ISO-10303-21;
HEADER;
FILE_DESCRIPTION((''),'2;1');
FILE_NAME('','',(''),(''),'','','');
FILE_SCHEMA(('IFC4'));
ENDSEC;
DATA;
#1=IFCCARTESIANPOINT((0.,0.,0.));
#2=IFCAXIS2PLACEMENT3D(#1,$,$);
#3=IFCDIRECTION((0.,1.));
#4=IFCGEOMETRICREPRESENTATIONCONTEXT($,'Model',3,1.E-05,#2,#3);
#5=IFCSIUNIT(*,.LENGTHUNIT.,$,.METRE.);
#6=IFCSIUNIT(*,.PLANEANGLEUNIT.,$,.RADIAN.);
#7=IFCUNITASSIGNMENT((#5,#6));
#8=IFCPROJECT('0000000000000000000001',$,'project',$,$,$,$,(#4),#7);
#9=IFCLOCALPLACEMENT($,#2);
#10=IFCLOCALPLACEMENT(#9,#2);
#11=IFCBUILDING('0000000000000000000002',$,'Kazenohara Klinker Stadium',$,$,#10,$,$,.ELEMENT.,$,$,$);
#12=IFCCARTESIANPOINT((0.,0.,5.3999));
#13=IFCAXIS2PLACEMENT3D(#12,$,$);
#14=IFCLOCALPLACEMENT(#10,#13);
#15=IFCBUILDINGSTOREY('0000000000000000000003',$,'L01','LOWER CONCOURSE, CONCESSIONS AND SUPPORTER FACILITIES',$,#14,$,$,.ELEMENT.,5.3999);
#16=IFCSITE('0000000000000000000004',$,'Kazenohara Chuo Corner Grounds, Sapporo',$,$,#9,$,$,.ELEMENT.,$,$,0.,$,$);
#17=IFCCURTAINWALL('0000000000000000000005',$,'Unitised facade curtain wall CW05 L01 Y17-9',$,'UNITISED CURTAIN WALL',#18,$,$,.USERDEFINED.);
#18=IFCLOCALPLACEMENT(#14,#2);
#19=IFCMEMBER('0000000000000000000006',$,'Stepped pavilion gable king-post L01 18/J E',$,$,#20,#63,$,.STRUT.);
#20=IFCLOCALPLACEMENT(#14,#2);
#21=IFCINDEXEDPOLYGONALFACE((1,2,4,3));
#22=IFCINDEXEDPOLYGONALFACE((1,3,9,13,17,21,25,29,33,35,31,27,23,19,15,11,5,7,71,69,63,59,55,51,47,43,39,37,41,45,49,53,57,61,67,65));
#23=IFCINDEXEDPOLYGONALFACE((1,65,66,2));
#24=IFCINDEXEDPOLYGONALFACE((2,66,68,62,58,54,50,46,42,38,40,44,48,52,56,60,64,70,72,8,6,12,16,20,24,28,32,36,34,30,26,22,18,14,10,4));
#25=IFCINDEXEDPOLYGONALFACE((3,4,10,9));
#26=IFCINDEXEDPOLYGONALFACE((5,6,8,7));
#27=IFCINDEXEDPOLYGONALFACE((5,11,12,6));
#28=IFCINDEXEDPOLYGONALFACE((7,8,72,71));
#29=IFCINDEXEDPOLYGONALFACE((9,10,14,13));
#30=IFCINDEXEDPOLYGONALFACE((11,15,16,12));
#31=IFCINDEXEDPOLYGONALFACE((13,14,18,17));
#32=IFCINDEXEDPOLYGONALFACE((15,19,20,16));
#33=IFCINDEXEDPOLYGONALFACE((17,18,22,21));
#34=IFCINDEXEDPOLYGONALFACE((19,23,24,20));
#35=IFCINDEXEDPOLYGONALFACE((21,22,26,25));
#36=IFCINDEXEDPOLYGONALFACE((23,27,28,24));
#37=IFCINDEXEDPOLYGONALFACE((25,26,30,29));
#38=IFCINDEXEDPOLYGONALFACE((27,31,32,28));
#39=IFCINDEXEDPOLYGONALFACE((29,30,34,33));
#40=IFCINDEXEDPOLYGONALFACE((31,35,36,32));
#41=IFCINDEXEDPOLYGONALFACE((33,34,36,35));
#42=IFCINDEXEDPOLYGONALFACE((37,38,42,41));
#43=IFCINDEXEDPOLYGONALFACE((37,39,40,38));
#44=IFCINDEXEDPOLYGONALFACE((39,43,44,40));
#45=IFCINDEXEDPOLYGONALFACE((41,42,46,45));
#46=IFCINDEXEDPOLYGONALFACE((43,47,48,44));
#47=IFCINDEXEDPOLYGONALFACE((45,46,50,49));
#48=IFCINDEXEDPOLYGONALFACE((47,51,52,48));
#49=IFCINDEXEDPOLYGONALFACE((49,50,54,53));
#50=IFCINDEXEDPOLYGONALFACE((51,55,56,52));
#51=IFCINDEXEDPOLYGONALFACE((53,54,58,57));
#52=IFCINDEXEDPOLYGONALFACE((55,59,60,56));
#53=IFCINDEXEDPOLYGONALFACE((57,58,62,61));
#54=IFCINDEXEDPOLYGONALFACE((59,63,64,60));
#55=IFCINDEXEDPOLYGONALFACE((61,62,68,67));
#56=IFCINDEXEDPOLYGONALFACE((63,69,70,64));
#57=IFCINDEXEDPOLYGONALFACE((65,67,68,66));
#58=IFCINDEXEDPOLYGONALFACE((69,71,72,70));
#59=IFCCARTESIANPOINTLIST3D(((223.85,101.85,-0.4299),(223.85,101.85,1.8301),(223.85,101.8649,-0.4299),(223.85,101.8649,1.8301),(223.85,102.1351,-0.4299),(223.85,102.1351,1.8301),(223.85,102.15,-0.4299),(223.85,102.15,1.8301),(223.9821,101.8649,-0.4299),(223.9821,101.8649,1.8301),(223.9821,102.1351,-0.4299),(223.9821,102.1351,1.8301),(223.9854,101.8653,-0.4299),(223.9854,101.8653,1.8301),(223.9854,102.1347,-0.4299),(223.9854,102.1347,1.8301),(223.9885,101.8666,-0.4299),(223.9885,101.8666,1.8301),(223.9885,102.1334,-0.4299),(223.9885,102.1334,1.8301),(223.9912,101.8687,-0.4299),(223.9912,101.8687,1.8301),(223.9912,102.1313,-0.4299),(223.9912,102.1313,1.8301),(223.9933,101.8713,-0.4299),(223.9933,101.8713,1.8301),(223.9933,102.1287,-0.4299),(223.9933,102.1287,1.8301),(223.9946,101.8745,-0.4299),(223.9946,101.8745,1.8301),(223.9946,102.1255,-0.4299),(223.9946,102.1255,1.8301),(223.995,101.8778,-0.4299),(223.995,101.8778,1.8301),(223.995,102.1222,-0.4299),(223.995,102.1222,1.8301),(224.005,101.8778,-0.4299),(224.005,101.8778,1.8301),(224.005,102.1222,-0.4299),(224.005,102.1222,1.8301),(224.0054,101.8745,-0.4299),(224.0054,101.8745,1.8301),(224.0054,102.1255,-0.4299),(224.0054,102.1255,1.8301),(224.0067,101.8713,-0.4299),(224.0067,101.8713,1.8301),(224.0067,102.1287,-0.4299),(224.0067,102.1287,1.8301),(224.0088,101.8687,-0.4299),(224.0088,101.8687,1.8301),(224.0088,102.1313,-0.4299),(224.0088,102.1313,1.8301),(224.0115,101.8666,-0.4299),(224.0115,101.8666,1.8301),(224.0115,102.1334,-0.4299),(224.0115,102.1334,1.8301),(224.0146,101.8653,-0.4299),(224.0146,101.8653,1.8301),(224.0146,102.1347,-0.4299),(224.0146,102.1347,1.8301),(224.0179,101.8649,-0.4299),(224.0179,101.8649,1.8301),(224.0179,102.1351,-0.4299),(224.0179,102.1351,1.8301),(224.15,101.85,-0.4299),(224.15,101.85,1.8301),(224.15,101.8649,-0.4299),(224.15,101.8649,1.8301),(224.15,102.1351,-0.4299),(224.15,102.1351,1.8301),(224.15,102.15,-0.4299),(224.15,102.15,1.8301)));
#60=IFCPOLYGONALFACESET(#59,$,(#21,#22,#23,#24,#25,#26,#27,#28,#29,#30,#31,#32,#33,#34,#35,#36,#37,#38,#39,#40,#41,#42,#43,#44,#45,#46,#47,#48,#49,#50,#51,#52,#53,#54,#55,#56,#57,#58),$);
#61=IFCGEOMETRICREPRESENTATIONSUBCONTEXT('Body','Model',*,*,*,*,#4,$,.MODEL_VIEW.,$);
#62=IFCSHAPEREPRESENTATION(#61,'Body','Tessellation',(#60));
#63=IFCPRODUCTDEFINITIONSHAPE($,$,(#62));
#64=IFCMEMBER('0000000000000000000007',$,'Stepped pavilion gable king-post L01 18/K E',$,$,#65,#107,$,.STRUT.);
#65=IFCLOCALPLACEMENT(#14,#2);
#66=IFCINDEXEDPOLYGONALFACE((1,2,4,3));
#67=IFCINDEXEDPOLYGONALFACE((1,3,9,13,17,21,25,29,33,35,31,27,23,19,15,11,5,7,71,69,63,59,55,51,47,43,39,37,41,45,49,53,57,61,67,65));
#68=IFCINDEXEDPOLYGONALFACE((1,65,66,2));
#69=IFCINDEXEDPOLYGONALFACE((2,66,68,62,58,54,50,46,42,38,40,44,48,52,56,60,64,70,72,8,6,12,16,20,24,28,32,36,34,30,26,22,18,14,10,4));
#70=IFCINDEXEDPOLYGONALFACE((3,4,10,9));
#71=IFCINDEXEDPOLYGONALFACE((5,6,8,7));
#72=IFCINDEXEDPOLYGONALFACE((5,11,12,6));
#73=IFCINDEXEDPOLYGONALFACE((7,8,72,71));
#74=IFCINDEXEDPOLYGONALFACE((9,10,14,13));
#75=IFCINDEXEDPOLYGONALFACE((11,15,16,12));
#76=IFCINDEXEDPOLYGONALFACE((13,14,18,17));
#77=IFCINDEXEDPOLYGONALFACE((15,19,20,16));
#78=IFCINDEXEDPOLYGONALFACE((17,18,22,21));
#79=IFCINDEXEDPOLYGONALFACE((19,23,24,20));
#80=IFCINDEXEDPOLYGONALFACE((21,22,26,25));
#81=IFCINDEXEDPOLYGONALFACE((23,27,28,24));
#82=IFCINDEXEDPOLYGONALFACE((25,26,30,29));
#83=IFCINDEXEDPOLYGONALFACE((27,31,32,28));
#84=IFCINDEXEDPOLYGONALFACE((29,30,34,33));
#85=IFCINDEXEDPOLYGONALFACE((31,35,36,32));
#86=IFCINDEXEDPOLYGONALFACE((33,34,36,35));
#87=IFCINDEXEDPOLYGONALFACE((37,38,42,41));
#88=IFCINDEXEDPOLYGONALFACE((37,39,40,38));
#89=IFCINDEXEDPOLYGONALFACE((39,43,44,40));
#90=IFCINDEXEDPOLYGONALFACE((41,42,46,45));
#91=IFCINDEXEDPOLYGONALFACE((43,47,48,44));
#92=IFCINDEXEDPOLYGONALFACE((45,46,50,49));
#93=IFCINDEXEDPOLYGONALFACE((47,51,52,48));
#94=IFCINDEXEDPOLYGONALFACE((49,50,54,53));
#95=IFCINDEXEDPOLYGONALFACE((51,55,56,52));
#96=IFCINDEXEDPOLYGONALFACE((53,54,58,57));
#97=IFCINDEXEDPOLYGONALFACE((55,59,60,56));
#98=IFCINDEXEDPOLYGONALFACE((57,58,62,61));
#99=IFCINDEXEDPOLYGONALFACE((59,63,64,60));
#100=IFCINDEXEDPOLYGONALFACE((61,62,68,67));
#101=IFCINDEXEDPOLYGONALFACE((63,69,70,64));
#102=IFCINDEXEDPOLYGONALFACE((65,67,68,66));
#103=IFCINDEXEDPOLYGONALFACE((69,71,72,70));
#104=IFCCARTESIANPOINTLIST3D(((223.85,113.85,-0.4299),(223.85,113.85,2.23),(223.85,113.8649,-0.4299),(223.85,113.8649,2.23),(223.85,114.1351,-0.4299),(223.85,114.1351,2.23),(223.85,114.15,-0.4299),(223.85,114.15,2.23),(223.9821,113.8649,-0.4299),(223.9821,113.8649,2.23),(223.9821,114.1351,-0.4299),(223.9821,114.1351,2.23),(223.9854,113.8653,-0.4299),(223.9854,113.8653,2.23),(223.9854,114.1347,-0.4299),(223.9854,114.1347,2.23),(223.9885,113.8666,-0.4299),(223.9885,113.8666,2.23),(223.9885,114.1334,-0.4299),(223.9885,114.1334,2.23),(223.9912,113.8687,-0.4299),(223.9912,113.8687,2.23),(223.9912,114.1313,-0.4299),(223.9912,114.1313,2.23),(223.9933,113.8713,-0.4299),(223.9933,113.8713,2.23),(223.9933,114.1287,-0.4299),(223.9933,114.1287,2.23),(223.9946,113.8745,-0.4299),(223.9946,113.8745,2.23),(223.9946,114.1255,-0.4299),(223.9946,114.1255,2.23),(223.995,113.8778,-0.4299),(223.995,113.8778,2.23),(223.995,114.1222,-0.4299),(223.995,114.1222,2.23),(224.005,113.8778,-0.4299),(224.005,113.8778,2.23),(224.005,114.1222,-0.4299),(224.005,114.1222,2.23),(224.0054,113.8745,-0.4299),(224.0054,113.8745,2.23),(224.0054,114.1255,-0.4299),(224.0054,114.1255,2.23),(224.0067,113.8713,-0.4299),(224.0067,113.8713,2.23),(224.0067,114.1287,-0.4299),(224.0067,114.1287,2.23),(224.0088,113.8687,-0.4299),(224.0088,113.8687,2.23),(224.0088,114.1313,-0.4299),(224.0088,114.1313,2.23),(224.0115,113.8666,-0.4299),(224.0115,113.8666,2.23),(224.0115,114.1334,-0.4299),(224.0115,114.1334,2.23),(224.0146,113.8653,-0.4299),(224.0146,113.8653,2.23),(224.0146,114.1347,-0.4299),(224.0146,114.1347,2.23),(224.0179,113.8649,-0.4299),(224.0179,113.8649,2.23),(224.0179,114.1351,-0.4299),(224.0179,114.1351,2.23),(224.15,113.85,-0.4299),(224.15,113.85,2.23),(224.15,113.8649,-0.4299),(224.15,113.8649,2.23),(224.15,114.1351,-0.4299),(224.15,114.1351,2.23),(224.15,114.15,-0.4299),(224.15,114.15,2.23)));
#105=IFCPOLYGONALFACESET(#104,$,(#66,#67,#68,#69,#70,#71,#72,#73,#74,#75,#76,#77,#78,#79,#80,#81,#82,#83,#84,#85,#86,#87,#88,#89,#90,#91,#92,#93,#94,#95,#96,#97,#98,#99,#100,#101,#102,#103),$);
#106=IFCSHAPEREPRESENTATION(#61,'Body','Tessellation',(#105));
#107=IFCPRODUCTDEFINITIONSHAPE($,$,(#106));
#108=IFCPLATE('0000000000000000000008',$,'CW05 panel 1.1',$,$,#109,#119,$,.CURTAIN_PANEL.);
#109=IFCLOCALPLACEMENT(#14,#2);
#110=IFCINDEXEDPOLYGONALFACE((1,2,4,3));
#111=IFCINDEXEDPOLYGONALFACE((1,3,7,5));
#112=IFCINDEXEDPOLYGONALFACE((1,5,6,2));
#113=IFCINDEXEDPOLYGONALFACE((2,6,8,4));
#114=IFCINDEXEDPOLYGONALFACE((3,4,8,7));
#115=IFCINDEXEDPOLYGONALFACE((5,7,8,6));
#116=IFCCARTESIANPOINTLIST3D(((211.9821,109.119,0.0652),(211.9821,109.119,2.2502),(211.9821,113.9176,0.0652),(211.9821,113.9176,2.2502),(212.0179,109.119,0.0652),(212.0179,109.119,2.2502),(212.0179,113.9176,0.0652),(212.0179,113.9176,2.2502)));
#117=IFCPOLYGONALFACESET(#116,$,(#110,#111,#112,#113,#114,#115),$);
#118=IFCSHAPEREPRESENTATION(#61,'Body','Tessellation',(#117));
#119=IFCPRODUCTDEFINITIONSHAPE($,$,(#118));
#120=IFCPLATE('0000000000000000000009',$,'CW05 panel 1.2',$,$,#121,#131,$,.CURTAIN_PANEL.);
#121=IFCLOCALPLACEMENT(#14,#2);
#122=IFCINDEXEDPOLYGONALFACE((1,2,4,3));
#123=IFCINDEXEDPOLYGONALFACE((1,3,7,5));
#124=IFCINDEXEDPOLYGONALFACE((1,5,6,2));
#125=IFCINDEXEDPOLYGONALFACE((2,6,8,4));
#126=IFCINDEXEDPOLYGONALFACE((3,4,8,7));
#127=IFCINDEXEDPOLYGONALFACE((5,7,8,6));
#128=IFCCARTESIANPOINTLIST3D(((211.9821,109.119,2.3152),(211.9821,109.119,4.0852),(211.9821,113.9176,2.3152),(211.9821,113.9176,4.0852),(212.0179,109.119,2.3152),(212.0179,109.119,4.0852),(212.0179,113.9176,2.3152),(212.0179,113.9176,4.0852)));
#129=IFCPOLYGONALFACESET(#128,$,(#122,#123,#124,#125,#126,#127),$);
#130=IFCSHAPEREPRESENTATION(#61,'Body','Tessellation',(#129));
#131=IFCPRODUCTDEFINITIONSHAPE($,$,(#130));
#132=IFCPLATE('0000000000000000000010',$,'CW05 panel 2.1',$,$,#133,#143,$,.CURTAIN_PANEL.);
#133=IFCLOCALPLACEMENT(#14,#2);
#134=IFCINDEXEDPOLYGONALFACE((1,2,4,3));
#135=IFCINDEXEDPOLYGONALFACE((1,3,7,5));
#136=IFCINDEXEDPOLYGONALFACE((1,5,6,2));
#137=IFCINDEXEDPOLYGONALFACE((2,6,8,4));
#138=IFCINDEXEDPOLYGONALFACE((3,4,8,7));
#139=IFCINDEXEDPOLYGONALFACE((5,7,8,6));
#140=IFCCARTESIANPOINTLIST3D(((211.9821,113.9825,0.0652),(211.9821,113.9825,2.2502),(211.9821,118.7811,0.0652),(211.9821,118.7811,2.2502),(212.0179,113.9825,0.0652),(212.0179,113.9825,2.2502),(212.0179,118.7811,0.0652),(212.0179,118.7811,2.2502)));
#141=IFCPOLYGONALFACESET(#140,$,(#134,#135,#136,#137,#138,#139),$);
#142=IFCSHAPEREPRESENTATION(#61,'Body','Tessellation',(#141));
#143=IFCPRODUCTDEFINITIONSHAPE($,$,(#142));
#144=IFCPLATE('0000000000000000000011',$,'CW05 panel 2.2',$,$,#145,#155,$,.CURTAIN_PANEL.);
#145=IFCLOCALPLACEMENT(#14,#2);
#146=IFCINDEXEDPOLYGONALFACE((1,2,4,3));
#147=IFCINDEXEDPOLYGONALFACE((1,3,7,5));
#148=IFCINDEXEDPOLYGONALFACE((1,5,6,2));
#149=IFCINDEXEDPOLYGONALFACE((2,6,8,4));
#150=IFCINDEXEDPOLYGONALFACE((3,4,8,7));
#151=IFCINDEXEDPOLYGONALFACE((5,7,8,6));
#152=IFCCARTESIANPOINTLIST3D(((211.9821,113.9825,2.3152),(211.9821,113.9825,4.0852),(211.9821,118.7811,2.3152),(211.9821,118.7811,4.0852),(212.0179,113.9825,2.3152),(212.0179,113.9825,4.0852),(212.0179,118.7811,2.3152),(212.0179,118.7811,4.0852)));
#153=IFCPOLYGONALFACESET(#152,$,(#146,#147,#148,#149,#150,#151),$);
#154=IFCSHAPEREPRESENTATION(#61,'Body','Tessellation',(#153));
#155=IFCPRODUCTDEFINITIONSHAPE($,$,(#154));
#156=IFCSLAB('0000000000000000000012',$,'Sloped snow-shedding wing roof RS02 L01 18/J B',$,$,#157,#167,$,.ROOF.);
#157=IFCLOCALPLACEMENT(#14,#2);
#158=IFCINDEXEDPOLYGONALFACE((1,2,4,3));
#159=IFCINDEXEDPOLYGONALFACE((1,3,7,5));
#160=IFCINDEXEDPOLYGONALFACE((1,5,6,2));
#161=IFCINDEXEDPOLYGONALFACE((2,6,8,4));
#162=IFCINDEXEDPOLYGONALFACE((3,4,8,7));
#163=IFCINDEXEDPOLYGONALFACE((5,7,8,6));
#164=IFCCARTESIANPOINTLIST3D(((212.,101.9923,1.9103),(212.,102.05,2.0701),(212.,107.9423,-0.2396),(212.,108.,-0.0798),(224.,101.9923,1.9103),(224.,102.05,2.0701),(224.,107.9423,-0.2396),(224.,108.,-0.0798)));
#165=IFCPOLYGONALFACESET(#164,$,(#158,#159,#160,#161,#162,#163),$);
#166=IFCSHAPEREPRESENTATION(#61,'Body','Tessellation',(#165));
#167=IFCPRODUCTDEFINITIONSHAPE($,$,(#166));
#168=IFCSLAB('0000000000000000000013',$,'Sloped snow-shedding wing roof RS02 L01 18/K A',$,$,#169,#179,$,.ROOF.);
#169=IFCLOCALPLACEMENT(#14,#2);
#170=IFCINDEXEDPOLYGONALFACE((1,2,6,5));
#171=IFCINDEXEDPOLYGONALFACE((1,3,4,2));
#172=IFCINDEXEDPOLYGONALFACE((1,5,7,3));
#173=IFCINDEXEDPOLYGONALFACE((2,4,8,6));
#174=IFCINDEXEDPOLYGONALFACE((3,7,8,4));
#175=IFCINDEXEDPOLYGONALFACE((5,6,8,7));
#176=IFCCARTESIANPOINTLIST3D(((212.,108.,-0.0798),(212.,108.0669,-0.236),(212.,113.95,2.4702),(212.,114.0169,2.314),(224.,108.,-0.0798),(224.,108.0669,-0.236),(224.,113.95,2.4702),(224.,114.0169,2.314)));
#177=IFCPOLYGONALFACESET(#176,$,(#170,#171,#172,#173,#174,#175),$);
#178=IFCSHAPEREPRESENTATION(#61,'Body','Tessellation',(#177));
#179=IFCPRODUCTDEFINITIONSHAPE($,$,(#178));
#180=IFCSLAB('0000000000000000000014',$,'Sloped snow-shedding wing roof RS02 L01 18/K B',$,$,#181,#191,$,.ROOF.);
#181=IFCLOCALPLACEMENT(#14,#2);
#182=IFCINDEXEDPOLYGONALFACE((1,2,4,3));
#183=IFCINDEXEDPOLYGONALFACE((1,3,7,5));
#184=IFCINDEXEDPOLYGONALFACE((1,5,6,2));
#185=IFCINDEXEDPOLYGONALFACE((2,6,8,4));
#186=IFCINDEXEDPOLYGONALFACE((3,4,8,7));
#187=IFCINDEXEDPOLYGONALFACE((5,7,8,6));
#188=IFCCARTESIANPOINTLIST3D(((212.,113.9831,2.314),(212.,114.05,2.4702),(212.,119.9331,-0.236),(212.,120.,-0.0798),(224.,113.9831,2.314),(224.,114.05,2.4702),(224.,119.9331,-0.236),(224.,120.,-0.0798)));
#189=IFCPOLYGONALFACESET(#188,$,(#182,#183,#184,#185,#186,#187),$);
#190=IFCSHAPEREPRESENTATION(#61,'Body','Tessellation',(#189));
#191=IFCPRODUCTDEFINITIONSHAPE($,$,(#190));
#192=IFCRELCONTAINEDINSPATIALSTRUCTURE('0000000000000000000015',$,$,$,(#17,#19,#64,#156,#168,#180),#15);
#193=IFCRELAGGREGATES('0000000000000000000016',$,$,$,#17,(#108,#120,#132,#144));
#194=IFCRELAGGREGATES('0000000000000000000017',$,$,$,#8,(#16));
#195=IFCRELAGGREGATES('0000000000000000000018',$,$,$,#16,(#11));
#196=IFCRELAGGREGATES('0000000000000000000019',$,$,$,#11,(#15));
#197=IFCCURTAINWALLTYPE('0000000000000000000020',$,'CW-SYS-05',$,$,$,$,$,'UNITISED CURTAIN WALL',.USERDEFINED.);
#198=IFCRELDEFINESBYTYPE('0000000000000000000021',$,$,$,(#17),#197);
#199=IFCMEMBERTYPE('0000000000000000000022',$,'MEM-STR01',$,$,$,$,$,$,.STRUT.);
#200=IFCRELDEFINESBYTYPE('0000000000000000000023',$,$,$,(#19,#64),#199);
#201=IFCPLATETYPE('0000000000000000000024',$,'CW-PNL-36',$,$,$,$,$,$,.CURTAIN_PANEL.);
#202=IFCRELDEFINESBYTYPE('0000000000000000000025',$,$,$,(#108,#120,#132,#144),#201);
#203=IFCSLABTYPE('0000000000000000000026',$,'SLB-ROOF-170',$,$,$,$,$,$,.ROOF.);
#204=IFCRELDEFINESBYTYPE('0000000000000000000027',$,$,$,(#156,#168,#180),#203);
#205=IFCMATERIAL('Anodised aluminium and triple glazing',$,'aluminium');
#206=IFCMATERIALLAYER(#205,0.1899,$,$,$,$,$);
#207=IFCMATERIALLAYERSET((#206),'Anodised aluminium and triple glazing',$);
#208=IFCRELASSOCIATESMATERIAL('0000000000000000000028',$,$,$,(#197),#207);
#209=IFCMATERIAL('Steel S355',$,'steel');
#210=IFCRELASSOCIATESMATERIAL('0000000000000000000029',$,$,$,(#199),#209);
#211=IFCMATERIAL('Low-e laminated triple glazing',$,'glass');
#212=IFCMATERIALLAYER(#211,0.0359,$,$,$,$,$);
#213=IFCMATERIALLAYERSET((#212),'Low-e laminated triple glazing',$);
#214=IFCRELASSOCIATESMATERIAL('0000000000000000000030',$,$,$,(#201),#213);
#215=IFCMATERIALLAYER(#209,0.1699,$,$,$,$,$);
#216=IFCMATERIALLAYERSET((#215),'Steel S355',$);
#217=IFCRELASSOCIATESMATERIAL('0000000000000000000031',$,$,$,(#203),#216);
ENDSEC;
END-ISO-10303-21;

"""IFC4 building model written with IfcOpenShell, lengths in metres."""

from ifc_helpers import new_model, si_unit, direction, frame, origin, origin_2d, place, context, subcontext, project, spatial, polyline, rectangle, i_section, outline, extrude, material, layer, layer_set, material_profile, profile_set, type_object, element, aggregate, save


model = new_model("IFC4")

# Units and contexts
model_context = context("Model", 3, precision=1e-05, world=origin(), true_north=direction((0.0, 1.0)))
body_context = subcontext(model_context, "Body", "Model", "MODEL_VIEW")
ifc_project = project(units=[si_unit("LENGTHUNIT", "METRE"), si_unit("PLANEANGLEUNIT", "RADIAN")], contexts=[model_context])

# Site, building, storey
site_placement = place(None, origin())
site = spatial("IfcSite", under=ifc_project, at=site_placement, Name="Kazenohara Chuo Corner Grounds, Sapporo", CompositionType="ELEMENT", RefElevation=0.0)
building_placement = place(site_placement, origin())
building = spatial("IfcBuilding", under=site, at=building_placement, Name="Kazenohara Klinker Stadium", CompositionType="ELEMENT")
storey_placement = place(building_placement, frame((0.0, 0.0, 5.3999)))
storey = spatial("IfcBuildingStorey", under=building, at=storey_placement, Name="L01", Description="LOWER CONCOURSE, CONCESSIONS AND SUPPORTER FACILITIES", CompositionType="ELEMENT", Elevation=5.3999)

# Shared definitions
ifc_material_1 = material(Name="Steel S355", Category="steel")

# Curtain wall
ifc_material_2 = material(Name="Anodised aluminium and triple glazing", Category="aluminium")
ifc_layer_1 = layer(ifc_material_2, 0.1899)
ifc_layer_set_1 = layer_set([ifc_layer_1], Name="Anodised aluminium and triple glazing")
curtain_wall_type = type_object("IfcCurtainWallType", Name="CW-SYS-05", ElementType="UNITISED CURTAIN WALL", PredefinedType="USERDEFINED", material=ifc_layer_set_1)
curtain_wall_placement = place(storey_placement, origin())
curtain_wall = element("IfcCurtainWall", 1, at=curtain_wall_placement, inside=storey, type_object=curtain_wall_type, Name="Unitised facade curtain wall CW05 L01 Y17-9", ObjectType="UNITISED CURTAIN WALL", PredefinedType="USERDEFINED")

# Members
ifc_material_profile_1 = material_profile(ifc_material_1, i_section(OverallWidth=0.3, OverallDepth=0.3, WebThickness=0.01, FlangeThickness=0.0149, FilletRadius=0.0129, at=origin_2d()), Name="H-300x300x10x15")
ifc_profile_set_1 = profile_set([ifc_material_profile_1], Name="Steel S355")
member_type_1 = type_object("IfcMemberType", Name="MEM-STR01", PredefinedType="STRUT", material=ifc_profile_set_1)
member_1_placement = place(storey_placement, frame((224.0, 102.0, -0.4299), z_axis=(0.0, 0.0, 1.0), x_axis=(1.0, 0.0, 0.0)))
element("IfcMember", 2, at=member_1_placement, inside=storey, type_object=member_type_1, Name="Stepped pavilion gable king-post L01 18/J E", PredefinedType="STRUT", context=body_context, shape_type="SweptSolid", body=[
    extrude(i_section(OverallWidth=0.3, OverallDepth=0.3, WebThickness=0.01, FlangeThickness=0.0149, FilletRadius=0.0129, at=origin_2d()), origin(), (0.0, 0.0, 1.0), 2.26),
])
member_2_placement = place(storey_placement, frame((224.0, 114.0, -0.4299), z_axis=(0.0, 0.0, 1.0), x_axis=(1.0, 0.0, 0.0)))
element("IfcMember", 3, at=member_2_placement, inside=storey, type_object=member_type_1, Name="Stepped pavilion gable king-post L01 18/K E", PredefinedType="STRUT", context=body_context, shape_type="SweptSolid", body=[
    extrude(i_section(OverallWidth=0.3, OverallDepth=0.3, WebThickness=0.01, FlangeThickness=0.0149, FilletRadius=0.0129, at=origin_2d()), origin(), (0.0, 0.0, 1.0), 2.6599),
])

# Plates
ifc_material_3 = material(Name="Low-e laminated triple glazing", Category="glass")
ifc_layer_2 = layer(ifc_material_3, 0.0359)
ifc_layer_set_2 = layer_set([ifc_layer_2], Name="Low-e laminated triple glazing")
plate_type = type_object("IfcPlateType", Name="CW-PNL-36", PredefinedType="CURTAIN_PANEL", material=ifc_layer_set_2)
plate_1_placement = place(storey_placement, frame((212.0, 111.5183, 0.0652), z_axis=(0.0, 0.0, 1.0), x_axis=(0.0, 1.0, 0.0)))
plate_1 = element("IfcPlate", 4, at=plate_1_placement, type_object=plate_type, Name="CW05 panel 1.1", PredefinedType="CURTAIN_PANEL", context=body_context, shape_type="SweptSolid", body=[
    extrude(rectangle(XDim=4.7986, YDim=0.0359, at=origin_2d()), origin(), (0.0, 0.0, 1.0), 2.1851),
])
plate_2_placement = place(storey_placement, frame((212.0, 111.5183, 2.3152), z_axis=(0.0, 0.0, 1.0), x_axis=(0.0, 1.0, 0.0)))
plate_2 = element("IfcPlate", 5, at=plate_2_placement, type_object=plate_type, Name="CW05 panel 1.2", PredefinedType="CURTAIN_PANEL", context=body_context, shape_type="SweptSolid", body=[
    extrude(rectangle(XDim=4.7986, YDim=0.0359, at=origin_2d()), origin(), (0.0, 0.0, 1.0), 1.77),
])
plate_3_placement = place(storey_placement, frame((212.0, 116.3818, 0.0652), z_axis=(0.0, 0.0, 1.0), x_axis=(0.0, 1.0, 0.0)))
plate_3 = element("IfcPlate", 6, at=plate_3_placement, type_object=plate_type, Name="CW05 panel 2.1", PredefinedType="CURTAIN_PANEL", context=body_context, shape_type="SweptSolid", body=[
    extrude(rectangle(XDim=4.7986, YDim=0.0359, at=origin_2d()), origin(), (0.0, 0.0, 1.0), 2.1851),
])
plate_4_placement = place(storey_placement, frame((212.0, 116.3818, 2.3152), z_axis=(0.0, 0.0, 1.0), x_axis=(0.0, 1.0, 0.0)))
plate_4 = element("IfcPlate", 7, at=plate_4_placement, type_object=plate_type, Name="CW05 panel 2.2", PredefinedType="CURTAIN_PANEL", context=body_context, shape_type="SweptSolid", body=[
    extrude(rectangle(XDim=4.7986, YDim=0.0359, at=origin_2d()), origin(), (0.0, 0.0, 1.0), 1.77),
])
aggregate(curtain_wall, [plate_1, plate_2, plate_3, plate_4])

# Slabs
ifc_layer_3 = layer(ifc_material_1, 0.1699)
ifc_layer_set_3 = layer_set([ifc_layer_3], Name="Steel S355")
slab_type = type_object("IfcSlabType", Name="SLB-ROOF-170", PredefinedType="ROOF", material=ifc_layer_set_3)
slab_1_placement = place(storey_placement, frame((212.0, 102.05, 2.0701), z_axis=(0.0, 0.339827, 0.940488), x_axis=(1.0, 0.0, 0.0)))
element("IfcSlab", 8, at=slab_1_placement, inside=storey, type_object=slab_type, Name="Sloped snow-shedding wing roof RS02 L01 18/J B", PredefinedType="ROOF", context=body_context, shape_type="SweptSolid", body=[
    extrude(outline(polyline([(0.0, 0.0), (12.0, 0.0), (12.0, 6.3265), (0.0, 6.3265), (0.0, 0.0)])), origin(), (0.0, 0.0, -1.0), 0.1699),
])
for number, where, z_axis, x_axis, name in (
    (9, (212.0, 108.0, -0.0798), (0.0, -0.393928, 0.919141), (1.0, 0.0, 0.0), "Sloped snow-shedding wing roof RS02 L01 18/K A"),
    (10, (212.0, 114.05, 2.4702), (0.0, 0.393928, 0.919141), (1.0, 0.0, 0.0), "Sloped snow-shedding wing roof RS02 L01 18/K B"),
):
    element("IfcSlab", number, at=place(storey_placement, frame(where, z_axis=z_axis, x_axis=x_axis)), inside=storey, type_object=slab_type, Name=name, PredefinedType="ROOF", context=body_context, shape_type="SweptSolid", body=[
        extrude(outline(polyline([(0.0, 0.0), (12.0, 0.0), (12.0, 6.4734), (0.0, 6.4734), (0.0, 0.0)])), origin(), (0.0, 0.0, -1.0), 0.1699),
    ])

save(model, "model.ifc")
